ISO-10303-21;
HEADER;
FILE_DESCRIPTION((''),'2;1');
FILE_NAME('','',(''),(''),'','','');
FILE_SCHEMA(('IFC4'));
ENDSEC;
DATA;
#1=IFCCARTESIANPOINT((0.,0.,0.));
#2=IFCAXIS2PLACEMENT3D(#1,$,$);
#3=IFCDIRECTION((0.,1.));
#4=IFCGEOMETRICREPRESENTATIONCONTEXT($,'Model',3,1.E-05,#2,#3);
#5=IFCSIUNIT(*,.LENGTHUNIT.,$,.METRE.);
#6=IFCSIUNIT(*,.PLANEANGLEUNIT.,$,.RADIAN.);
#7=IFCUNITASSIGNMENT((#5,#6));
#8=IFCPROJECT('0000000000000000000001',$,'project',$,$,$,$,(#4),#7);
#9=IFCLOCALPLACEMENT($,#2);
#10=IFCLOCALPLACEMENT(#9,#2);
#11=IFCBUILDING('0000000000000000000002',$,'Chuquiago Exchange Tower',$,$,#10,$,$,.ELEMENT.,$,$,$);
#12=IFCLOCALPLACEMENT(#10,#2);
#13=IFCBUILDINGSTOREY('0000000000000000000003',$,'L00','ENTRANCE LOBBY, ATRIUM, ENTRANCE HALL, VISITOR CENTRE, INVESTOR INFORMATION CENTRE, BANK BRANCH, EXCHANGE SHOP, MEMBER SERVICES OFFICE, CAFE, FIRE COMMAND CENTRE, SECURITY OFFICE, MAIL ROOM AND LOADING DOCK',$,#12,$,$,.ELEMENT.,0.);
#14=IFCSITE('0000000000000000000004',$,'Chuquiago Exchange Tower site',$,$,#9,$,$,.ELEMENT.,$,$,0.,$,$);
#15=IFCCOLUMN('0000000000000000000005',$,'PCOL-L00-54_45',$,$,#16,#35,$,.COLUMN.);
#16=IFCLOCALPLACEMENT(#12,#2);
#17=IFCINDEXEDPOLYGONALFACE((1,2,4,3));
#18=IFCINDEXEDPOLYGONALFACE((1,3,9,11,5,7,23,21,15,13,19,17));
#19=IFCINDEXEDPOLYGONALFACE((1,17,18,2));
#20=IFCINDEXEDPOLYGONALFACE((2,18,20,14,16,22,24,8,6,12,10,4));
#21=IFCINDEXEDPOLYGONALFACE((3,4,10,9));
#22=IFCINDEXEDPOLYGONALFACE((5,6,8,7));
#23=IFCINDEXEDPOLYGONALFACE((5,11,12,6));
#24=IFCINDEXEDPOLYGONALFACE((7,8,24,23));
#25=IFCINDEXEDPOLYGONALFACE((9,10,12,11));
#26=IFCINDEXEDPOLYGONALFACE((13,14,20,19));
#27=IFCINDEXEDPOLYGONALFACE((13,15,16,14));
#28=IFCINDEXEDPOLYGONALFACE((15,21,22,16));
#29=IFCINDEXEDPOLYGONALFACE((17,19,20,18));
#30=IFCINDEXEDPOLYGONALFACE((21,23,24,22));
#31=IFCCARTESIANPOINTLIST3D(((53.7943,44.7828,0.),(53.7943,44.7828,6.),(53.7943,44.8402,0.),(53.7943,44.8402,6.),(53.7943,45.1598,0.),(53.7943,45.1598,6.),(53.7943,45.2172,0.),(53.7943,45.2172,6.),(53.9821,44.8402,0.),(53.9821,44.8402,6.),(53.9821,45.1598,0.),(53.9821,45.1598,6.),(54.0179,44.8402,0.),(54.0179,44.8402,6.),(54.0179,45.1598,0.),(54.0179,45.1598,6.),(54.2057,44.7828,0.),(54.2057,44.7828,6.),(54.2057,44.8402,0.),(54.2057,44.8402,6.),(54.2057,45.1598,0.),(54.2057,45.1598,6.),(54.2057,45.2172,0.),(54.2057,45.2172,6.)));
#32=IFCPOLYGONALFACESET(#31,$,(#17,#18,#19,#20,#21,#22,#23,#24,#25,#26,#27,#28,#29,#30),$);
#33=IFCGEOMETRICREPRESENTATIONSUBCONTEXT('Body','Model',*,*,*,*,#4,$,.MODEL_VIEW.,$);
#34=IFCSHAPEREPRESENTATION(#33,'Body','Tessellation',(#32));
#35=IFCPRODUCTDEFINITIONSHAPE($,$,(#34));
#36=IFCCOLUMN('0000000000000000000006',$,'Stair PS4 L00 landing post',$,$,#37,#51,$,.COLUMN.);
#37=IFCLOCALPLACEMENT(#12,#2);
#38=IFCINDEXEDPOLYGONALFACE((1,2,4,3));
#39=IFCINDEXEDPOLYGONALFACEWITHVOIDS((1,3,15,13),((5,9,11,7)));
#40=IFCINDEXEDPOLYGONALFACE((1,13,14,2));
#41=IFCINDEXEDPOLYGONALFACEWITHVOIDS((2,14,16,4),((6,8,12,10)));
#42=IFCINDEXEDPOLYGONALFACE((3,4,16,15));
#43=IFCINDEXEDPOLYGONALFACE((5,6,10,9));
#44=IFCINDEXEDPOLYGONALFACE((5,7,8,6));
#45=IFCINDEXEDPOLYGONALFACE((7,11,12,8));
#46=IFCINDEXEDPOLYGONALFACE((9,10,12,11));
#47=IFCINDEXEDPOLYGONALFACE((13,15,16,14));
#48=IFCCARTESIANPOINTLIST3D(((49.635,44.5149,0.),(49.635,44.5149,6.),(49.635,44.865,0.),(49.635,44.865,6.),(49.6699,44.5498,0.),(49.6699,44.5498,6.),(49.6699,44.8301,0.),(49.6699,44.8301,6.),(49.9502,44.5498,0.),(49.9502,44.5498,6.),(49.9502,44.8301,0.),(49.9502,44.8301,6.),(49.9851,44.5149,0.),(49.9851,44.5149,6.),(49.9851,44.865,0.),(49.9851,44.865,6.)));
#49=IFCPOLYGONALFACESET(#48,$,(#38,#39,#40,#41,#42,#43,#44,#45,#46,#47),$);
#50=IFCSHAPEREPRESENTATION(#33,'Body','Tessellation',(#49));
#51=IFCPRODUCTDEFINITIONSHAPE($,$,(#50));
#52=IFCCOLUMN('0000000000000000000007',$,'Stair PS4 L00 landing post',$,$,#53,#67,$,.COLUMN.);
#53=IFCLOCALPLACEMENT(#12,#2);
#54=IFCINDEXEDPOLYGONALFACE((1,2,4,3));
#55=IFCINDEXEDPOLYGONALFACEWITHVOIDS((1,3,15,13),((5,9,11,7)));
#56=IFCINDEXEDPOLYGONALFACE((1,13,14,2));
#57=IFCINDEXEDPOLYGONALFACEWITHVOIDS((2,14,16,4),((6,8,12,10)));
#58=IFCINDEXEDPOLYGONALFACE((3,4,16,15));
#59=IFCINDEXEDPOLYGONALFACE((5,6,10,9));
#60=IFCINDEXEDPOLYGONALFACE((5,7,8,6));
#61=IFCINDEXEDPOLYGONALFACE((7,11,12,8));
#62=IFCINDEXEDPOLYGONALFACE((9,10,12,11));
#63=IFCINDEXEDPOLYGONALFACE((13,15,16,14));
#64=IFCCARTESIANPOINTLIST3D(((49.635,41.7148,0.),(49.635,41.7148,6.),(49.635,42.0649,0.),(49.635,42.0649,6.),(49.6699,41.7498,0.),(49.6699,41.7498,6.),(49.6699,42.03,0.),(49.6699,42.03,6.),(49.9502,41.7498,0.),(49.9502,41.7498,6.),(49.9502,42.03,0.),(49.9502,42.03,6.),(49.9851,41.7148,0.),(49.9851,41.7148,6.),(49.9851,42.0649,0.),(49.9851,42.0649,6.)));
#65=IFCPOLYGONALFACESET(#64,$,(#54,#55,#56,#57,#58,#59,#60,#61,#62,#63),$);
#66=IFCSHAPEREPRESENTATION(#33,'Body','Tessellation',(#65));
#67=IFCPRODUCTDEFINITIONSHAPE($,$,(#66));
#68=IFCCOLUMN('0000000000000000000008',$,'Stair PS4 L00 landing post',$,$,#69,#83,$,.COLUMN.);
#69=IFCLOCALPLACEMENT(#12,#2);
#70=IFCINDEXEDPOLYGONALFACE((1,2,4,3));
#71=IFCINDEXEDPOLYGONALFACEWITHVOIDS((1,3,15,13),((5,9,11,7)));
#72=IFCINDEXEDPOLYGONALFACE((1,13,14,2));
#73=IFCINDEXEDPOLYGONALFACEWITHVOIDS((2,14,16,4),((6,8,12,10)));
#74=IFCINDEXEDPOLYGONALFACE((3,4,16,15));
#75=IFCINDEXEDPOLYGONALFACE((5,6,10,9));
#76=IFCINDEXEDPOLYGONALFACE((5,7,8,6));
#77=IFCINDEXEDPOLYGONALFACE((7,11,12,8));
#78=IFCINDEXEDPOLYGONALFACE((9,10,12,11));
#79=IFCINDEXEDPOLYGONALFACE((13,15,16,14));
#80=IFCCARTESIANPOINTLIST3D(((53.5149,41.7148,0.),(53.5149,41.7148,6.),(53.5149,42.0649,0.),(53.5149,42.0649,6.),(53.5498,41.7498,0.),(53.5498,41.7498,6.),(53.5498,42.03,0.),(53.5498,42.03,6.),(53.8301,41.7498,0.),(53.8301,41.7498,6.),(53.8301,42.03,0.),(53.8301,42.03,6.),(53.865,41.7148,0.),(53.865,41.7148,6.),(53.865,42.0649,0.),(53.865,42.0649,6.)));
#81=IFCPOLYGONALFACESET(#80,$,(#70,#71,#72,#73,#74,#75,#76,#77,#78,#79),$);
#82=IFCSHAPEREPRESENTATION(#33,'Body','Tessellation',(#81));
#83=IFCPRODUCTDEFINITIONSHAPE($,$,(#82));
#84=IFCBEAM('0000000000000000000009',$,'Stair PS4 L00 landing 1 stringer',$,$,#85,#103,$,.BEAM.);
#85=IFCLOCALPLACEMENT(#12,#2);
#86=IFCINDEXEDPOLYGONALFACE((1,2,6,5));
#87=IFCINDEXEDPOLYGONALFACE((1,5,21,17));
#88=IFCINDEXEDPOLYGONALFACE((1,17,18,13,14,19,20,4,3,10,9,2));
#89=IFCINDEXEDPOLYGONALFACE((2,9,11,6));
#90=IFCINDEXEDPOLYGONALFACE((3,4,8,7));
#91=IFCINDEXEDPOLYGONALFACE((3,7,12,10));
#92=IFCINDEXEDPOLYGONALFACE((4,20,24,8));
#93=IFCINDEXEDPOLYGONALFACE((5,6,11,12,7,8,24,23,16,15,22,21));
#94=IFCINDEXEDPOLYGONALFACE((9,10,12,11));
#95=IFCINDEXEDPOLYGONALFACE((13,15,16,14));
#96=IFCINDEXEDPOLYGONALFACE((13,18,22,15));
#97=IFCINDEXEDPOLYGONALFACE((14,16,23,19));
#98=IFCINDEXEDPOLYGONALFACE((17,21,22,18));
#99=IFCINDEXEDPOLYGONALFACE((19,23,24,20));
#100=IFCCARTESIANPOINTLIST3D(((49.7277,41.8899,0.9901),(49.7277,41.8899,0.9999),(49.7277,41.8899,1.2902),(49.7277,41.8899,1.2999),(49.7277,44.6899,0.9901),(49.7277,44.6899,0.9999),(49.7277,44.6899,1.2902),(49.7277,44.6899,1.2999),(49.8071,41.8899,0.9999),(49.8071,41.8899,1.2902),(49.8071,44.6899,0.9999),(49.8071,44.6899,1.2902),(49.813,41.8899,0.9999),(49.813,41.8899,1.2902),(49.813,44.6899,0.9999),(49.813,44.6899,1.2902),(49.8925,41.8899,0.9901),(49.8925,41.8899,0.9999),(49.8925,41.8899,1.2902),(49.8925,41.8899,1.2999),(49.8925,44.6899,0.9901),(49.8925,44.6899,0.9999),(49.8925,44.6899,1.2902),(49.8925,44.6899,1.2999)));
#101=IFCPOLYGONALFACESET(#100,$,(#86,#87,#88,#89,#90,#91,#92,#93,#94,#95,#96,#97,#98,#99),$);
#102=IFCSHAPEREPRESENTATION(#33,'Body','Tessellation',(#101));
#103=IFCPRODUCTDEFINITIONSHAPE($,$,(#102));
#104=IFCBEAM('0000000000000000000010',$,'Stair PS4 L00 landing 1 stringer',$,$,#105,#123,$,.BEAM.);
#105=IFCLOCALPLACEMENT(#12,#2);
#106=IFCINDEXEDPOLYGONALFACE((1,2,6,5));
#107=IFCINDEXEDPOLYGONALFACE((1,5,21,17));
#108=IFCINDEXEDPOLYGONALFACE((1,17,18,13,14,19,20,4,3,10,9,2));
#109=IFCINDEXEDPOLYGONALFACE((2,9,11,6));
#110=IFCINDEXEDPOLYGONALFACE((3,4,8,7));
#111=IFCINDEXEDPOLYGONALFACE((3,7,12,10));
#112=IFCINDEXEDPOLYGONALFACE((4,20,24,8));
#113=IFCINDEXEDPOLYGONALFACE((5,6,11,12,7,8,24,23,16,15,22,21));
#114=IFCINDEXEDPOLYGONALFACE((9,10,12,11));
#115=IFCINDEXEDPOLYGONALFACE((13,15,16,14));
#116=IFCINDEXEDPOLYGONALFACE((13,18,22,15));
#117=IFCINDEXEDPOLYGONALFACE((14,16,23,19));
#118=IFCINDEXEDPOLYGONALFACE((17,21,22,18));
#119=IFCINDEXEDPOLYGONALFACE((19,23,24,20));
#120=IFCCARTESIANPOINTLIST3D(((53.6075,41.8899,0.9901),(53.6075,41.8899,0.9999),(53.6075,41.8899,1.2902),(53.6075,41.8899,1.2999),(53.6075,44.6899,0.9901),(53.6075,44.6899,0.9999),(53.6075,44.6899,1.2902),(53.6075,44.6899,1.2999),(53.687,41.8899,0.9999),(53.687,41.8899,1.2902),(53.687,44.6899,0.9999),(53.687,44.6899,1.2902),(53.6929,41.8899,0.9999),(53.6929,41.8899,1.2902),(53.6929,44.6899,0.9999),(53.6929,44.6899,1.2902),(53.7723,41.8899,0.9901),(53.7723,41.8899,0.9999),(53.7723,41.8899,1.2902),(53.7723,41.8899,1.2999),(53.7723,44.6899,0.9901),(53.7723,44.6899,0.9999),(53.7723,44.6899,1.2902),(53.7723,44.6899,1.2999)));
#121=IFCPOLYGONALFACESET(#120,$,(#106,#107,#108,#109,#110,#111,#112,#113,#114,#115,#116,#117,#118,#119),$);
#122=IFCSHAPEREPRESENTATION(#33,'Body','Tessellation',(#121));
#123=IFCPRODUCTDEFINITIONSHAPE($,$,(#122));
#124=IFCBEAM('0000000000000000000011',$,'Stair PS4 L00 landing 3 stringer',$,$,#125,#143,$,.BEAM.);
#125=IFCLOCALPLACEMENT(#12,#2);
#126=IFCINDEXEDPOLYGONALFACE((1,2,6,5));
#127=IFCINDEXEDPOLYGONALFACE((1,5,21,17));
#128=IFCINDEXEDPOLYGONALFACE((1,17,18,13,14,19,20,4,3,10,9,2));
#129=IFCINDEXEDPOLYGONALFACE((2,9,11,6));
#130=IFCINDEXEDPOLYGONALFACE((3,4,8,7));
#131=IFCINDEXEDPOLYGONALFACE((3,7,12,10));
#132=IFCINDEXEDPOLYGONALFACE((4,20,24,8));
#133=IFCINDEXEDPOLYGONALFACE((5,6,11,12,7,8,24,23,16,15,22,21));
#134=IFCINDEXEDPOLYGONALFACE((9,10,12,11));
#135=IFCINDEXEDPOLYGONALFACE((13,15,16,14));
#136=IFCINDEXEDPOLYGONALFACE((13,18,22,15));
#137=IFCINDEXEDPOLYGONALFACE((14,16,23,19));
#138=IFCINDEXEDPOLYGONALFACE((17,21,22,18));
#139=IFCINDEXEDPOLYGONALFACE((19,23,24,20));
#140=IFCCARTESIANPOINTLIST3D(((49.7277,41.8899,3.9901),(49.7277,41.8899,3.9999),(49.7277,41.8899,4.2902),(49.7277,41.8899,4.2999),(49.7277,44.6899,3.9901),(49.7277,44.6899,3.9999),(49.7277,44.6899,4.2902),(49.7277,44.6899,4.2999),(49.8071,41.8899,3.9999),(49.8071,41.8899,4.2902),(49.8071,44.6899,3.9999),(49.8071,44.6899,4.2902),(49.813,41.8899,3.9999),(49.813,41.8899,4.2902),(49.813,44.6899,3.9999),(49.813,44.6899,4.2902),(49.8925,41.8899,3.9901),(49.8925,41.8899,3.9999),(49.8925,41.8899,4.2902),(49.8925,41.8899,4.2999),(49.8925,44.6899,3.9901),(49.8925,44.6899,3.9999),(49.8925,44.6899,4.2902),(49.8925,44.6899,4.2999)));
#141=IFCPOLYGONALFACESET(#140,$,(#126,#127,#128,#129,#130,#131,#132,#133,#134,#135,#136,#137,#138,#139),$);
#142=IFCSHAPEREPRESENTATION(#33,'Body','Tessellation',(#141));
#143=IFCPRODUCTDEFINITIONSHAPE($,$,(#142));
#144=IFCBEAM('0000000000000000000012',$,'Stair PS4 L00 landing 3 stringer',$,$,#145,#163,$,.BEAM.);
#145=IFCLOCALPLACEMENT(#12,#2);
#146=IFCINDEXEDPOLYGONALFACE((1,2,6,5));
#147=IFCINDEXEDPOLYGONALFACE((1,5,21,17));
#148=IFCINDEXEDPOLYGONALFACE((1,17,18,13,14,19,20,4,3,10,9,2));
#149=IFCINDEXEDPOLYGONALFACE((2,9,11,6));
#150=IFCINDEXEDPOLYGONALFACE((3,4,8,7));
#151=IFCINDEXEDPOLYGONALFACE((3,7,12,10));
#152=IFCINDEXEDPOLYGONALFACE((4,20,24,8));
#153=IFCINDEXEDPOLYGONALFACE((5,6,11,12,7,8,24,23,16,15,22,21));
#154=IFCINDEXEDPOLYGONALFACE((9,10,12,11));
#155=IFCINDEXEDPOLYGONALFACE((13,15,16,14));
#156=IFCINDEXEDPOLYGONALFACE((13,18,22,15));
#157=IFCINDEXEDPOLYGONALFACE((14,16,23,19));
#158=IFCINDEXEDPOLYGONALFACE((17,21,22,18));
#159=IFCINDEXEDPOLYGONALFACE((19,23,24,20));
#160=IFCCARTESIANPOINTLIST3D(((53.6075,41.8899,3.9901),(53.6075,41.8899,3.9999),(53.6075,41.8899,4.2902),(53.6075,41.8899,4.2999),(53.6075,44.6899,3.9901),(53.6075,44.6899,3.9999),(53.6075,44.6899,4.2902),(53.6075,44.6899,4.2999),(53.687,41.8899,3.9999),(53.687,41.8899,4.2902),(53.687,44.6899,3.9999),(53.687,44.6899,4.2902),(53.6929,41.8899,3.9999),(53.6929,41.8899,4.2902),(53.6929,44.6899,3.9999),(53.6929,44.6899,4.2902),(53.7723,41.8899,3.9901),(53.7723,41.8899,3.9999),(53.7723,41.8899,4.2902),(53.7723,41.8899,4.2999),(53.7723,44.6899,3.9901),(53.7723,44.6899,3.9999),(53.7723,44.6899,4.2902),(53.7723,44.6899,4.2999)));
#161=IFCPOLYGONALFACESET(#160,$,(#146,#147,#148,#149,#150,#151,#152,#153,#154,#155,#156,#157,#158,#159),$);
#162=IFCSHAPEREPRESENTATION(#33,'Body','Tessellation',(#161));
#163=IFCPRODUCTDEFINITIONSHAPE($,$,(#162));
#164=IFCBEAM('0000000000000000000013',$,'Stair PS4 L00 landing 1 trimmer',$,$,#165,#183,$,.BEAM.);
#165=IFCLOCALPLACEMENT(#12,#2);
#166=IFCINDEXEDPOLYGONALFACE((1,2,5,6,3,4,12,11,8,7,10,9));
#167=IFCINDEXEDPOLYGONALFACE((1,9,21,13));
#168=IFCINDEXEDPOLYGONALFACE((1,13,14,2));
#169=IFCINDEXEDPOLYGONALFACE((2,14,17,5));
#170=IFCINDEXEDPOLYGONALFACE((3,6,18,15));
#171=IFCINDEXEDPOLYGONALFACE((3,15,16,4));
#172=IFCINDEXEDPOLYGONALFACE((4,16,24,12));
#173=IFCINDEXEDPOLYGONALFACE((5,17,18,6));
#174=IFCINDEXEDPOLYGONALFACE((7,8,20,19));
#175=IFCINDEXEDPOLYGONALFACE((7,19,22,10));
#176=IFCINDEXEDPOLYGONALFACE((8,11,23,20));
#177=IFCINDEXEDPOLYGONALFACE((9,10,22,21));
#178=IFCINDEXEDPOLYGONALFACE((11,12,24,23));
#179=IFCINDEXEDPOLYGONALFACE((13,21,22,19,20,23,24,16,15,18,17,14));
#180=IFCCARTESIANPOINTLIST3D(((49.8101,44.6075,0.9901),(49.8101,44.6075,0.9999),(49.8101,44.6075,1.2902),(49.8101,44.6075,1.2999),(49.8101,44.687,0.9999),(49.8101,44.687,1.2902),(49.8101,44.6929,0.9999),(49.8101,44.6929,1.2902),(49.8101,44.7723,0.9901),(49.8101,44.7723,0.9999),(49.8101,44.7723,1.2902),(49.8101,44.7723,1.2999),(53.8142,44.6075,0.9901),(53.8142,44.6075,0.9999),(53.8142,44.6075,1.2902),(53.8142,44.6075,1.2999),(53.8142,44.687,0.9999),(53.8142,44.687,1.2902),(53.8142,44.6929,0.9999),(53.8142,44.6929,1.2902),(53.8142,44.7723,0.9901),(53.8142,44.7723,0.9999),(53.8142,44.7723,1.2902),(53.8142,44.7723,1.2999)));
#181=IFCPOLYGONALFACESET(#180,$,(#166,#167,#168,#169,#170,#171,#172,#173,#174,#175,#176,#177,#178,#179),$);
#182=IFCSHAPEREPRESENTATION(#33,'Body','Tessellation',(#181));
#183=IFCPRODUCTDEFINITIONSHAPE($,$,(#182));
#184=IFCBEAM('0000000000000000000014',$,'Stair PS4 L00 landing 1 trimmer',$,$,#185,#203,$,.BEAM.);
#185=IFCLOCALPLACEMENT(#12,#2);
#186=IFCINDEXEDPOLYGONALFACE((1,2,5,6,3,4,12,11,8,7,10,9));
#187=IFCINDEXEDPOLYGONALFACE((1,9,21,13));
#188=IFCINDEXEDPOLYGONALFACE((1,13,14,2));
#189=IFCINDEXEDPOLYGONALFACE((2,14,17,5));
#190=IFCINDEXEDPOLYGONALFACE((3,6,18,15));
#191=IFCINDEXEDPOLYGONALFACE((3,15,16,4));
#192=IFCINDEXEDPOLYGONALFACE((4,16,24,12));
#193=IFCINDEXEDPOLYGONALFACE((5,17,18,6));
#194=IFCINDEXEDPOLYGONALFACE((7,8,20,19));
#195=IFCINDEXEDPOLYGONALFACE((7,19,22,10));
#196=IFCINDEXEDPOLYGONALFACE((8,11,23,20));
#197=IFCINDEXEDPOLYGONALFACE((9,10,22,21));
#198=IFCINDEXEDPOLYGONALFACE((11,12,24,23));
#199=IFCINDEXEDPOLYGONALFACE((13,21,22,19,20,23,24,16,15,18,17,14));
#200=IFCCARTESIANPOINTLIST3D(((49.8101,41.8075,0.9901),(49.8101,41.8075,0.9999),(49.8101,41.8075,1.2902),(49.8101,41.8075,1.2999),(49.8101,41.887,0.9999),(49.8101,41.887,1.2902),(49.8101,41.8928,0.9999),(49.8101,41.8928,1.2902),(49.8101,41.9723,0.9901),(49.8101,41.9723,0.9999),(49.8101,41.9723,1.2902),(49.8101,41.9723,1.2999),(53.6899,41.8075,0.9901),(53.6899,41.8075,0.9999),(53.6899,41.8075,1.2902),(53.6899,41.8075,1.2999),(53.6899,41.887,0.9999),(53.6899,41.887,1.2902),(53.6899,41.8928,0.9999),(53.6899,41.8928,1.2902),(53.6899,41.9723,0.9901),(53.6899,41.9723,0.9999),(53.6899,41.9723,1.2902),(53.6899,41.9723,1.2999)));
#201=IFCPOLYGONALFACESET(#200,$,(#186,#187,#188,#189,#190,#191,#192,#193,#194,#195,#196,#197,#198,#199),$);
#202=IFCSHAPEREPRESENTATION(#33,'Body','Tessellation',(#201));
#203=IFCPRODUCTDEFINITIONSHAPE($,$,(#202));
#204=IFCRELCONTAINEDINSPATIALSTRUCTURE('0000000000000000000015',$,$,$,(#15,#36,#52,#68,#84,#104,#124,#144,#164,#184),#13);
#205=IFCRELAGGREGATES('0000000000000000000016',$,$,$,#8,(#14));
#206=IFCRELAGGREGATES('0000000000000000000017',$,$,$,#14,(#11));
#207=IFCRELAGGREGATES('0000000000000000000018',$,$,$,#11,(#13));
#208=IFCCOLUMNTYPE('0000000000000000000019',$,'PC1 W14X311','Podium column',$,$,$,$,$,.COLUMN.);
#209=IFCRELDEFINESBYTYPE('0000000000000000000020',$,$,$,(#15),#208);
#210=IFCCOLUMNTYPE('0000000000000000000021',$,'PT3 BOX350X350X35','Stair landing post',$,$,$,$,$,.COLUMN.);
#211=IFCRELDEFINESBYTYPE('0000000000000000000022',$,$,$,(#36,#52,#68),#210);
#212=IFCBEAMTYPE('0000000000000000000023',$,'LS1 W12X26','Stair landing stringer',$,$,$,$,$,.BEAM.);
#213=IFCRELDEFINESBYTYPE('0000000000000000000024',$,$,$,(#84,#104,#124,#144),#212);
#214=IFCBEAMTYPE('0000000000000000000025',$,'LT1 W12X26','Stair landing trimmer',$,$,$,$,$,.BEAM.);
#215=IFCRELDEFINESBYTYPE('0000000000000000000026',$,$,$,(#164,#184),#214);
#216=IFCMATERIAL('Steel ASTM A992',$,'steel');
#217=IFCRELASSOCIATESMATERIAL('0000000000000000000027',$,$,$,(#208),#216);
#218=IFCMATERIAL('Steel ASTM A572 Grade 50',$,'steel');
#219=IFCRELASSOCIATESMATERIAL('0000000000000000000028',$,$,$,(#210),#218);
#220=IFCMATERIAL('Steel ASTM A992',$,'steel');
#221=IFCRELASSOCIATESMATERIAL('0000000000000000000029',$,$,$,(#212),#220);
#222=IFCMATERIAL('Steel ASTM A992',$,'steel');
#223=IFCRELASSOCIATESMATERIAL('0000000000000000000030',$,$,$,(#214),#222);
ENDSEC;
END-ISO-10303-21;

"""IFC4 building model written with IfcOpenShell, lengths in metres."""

from ifc_helpers import new_model, si_unit, direction, frame, origin, origin_2d, place, context, subcontext, project, spatial, hollow_rectangle, i_section, extrude, material, material_profile, profile_set, type_object, element, save


model = new_model("IFC4")

# Units and contexts
model_context = context("Model", 3, precision=1e-05, world=origin(), true_north=direction((0.0, 1.0)))
body_context = subcontext(model_context, "Body", "Model", "MODEL_VIEW")
ifc_project = project(units=[si_unit("LENGTHUNIT", "METRE"), si_unit("PLANEANGLEUNIT", "RADIAN")], contexts=[model_context])

# Site, building, storey
site_placement = place(None, origin())
site = spatial("IfcSite", under=ifc_project, at=site_placement, Name="Chuquiago Exchange Tower site", CompositionType="ELEMENT", RefElevation=0.0)
building_placement = place(site_placement, origin())
building = spatial("IfcBuilding", under=site, at=building_placement, Name="Chuquiago Exchange Tower", CompositionType="ELEMENT")
storey_placement = place(building_placement, origin())
storey = spatial("IfcBuildingStorey", under=building, at=storey_placement, Name="L00", Description="ENTRANCE LOBBY, ATRIUM, ENTRANCE HALL, VISITOR CENTRE, INVESTOR INFORMATION CENTRE, BANK BRANCH, EXCHANGE SHOP, MEMBER SERVICES OFFICE, CAFE, FIRE COMMAND CENTRE, SECURITY OFFICE, MAIL ROOM AND LOADING DOCK", CompositionType="ELEMENT", Elevation=0.0)

# Columns
ifc_material_1 = material(Name="Steel ASTM A992", Category="steel")
ifc_material_profile_1 = material_profile(ifc_material_1, i_section(OverallWidth=0.4114, OverallDepth=0.4343, WebThickness=0.0359, FlangeThickness=0.0574, at=origin_2d()), Name="W14X311")
ifc_profile_set_1 = profile_set([ifc_material_profile_1], Name="Steel ASTM A992")
column_type_1 = type_object("IfcColumnType", Name="PC1 W14X311", Description="Podium column", PredefinedType="COLUMN", material=ifc_profile_set_1)
column_placement = place(storey_placement, frame((54.0, 45.0, 0.0), z_axis=(0.0, 0.0, 1.0), x_axis=(1.0, 0.0, 0.0)))
element("IfcColumn", 1, at=column_placement, inside=storey, type_object=column_type_1, Name="PCOL-L00-54_45", PredefinedType="COLUMN", context=body_context, shape_type="SweptSolid", body=[
    extrude(i_section(OverallWidth=0.4114, OverallDepth=0.4343, WebThickness=0.0359, FlangeThickness=0.0574, at=origin_2d()), origin(), (0.0, 0.0, 1.0), 6.0),
])
ifc_material_2 = material(Name="Steel ASTM A572 Grade 50", Category="steel")
ifc_material_profile_2 = material_profile(ifc_material_2, hollow_rectangle(XDim=0.3501, YDim=0.3501, WallThickness=0.0349, at=origin_2d()), Name="BOX350X350X35")
ifc_profile_set_2 = profile_set([ifc_material_profile_2], Name="Steel ASTM A572 Grade 50")
column_type_2 = type_object("IfcColumnType", Name="PT3 BOX350X350X35", Description="Stair landing post", PredefinedType="COLUMN", material=ifc_profile_set_2)
for number, where, z_axis, x_axis, name in (
    (2, (49.8101, 44.6899, 0.0), (0.0, 0.0, 1.0), (1.0, 0.0, 0.0), "Stair PS4 L00 landing post"),
    (3, (49.8101, 41.8899, 0.0), (0.0, 0.0, 1.0), (1.0, 0.0, 0.0), "Stair PS4 L00 landing post"),
    (4, (53.6899, 41.8899, 0.0), (0.0, 0.0, 1.0), (1.0, 0.0, 0.0), "Stair PS4 L00 landing post"),
):
    element("IfcColumn", number, at=place(storey_placement, frame(where, z_axis=z_axis, x_axis=x_axis)), inside=storey, type_object=column_type_2, Name=name, PredefinedType="COLUMN", context=body_context, shape_type="SweptSolid", body=[
        extrude(hollow_rectangle(XDim=0.3501, YDim=0.3501, WallThickness=0.0349, at=origin_2d()), origin(), (0.0, 0.0, 1.0), 6.0),
    ])

# Beams
ifc_material_3 = material(Name="Steel ASTM A992", Category="steel")
ifc_material_profile_3 = material_profile(ifc_material_3, i_section(OverallWidth=0.1648, OverallDepth=0.3098, WebThickness=0.0059, FlangeThickness=0.0098, at=origin_2d()), Name="W12X26")
ifc_profile_set_3 = profile_set([ifc_material_profile_3], Name="Steel ASTM A992")
beam_type_1 = type_object("IfcBeamType", Name="LS1 W12X26", Description="Stair landing stringer", PredefinedType="BEAM", material=ifc_profile_set_3)
for number, where, z_axis, x_axis, name in (
    (5, (49.8101, 41.8899, 1.145), (0.0, 1.0, 0.0), (-1.0, 0.0, 0.0), "Stair PS4 L00 landing 1 stringer"),
    (6, (53.6899, 41.8899, 1.145), (0.0, 1.0, 0.0), (-1.0, 0.0, 0.0), "Stair PS4 L00 landing 1 stringer"),
    (7, (49.8101, 41.8899, 4.145), (0.0, 1.0, 0.0), (-1.0, 0.0, 0.0), "Stair PS4 L00 landing 3 stringer"),
    (8, (53.6899, 41.8899, 4.145), (0.0, 1.0, 0.0), (-1.0, 0.0, 0.0), "Stair PS4 L00 landing 3 stringer"),
):
    element("IfcBeam", number, at=place(storey_placement, frame(where, z_axis=z_axis, x_axis=x_axis)), inside=storey, type_object=beam_type_1, Name=name, PredefinedType="BEAM", context=body_context, shape_type="SweptSolid", body=[
        extrude(i_section(OverallWidth=0.1648, OverallDepth=0.3098, WebThickness=0.0059, FlangeThickness=0.0098, at=origin_2d()), origin(), (0.0, 0.0, 1.0), 2.8),
    ])
ifc_material_4 = material(Name="Steel ASTM A992", Category="steel")
ifc_material_profile_4 = material_profile(ifc_material_4, i_section(OverallWidth=0.1648, OverallDepth=0.3098, WebThickness=0.0059, FlangeThickness=0.0098, at=origin_2d()), Name="W12X26")
ifc_profile_set_4 = profile_set([ifc_material_profile_4], Name="Steel ASTM A992")
beam_type_2 = type_object("IfcBeamType", Name="LT1 W12X26", Description="Stair landing trimmer", PredefinedType="BEAM", material=ifc_profile_set_4)
beam_1_placement = place(storey_placement, frame((49.8101, 44.6899, 1.145), z_axis=(1.0, 0.0, 0.0), x_axis=(0.0, 1.0, 0.0)))
element("IfcBeam", 9, at=beam_1_placement, inside=storey, type_object=beam_type_2, Name="Stair PS4 L00 landing 1 trimmer", PredefinedType="BEAM", context=body_context, shape_type="SweptSolid", body=[
    extrude(i_section(OverallWidth=0.1648, OverallDepth=0.3098, WebThickness=0.0059, FlangeThickness=0.0098, at=origin_2d()), origin(), (0.0, 0.0, 1.0), 4.0042),
])
beam_2_placement = place(storey_placement, frame((49.8101, 41.8899, 1.145), z_axis=(1.0, 0.0, 0.0), x_axis=(0.0, 1.0, 0.0)))
element("IfcBeam", 10, at=beam_2_placement, inside=storey, type_object=beam_type_2, Name="Stair PS4 L00 landing 1 trimmer", PredefinedType="BEAM", context=body_context, shape_type="SweptSolid", body=[
    extrude(i_section(OverallWidth=0.1648, OverallDepth=0.3098, WebThickness=0.0059, FlangeThickness=0.0098, at=origin_2d()), origin(), (0.0, 0.0, 1.0), 3.8799),
])

save(model, "model.ifc")
